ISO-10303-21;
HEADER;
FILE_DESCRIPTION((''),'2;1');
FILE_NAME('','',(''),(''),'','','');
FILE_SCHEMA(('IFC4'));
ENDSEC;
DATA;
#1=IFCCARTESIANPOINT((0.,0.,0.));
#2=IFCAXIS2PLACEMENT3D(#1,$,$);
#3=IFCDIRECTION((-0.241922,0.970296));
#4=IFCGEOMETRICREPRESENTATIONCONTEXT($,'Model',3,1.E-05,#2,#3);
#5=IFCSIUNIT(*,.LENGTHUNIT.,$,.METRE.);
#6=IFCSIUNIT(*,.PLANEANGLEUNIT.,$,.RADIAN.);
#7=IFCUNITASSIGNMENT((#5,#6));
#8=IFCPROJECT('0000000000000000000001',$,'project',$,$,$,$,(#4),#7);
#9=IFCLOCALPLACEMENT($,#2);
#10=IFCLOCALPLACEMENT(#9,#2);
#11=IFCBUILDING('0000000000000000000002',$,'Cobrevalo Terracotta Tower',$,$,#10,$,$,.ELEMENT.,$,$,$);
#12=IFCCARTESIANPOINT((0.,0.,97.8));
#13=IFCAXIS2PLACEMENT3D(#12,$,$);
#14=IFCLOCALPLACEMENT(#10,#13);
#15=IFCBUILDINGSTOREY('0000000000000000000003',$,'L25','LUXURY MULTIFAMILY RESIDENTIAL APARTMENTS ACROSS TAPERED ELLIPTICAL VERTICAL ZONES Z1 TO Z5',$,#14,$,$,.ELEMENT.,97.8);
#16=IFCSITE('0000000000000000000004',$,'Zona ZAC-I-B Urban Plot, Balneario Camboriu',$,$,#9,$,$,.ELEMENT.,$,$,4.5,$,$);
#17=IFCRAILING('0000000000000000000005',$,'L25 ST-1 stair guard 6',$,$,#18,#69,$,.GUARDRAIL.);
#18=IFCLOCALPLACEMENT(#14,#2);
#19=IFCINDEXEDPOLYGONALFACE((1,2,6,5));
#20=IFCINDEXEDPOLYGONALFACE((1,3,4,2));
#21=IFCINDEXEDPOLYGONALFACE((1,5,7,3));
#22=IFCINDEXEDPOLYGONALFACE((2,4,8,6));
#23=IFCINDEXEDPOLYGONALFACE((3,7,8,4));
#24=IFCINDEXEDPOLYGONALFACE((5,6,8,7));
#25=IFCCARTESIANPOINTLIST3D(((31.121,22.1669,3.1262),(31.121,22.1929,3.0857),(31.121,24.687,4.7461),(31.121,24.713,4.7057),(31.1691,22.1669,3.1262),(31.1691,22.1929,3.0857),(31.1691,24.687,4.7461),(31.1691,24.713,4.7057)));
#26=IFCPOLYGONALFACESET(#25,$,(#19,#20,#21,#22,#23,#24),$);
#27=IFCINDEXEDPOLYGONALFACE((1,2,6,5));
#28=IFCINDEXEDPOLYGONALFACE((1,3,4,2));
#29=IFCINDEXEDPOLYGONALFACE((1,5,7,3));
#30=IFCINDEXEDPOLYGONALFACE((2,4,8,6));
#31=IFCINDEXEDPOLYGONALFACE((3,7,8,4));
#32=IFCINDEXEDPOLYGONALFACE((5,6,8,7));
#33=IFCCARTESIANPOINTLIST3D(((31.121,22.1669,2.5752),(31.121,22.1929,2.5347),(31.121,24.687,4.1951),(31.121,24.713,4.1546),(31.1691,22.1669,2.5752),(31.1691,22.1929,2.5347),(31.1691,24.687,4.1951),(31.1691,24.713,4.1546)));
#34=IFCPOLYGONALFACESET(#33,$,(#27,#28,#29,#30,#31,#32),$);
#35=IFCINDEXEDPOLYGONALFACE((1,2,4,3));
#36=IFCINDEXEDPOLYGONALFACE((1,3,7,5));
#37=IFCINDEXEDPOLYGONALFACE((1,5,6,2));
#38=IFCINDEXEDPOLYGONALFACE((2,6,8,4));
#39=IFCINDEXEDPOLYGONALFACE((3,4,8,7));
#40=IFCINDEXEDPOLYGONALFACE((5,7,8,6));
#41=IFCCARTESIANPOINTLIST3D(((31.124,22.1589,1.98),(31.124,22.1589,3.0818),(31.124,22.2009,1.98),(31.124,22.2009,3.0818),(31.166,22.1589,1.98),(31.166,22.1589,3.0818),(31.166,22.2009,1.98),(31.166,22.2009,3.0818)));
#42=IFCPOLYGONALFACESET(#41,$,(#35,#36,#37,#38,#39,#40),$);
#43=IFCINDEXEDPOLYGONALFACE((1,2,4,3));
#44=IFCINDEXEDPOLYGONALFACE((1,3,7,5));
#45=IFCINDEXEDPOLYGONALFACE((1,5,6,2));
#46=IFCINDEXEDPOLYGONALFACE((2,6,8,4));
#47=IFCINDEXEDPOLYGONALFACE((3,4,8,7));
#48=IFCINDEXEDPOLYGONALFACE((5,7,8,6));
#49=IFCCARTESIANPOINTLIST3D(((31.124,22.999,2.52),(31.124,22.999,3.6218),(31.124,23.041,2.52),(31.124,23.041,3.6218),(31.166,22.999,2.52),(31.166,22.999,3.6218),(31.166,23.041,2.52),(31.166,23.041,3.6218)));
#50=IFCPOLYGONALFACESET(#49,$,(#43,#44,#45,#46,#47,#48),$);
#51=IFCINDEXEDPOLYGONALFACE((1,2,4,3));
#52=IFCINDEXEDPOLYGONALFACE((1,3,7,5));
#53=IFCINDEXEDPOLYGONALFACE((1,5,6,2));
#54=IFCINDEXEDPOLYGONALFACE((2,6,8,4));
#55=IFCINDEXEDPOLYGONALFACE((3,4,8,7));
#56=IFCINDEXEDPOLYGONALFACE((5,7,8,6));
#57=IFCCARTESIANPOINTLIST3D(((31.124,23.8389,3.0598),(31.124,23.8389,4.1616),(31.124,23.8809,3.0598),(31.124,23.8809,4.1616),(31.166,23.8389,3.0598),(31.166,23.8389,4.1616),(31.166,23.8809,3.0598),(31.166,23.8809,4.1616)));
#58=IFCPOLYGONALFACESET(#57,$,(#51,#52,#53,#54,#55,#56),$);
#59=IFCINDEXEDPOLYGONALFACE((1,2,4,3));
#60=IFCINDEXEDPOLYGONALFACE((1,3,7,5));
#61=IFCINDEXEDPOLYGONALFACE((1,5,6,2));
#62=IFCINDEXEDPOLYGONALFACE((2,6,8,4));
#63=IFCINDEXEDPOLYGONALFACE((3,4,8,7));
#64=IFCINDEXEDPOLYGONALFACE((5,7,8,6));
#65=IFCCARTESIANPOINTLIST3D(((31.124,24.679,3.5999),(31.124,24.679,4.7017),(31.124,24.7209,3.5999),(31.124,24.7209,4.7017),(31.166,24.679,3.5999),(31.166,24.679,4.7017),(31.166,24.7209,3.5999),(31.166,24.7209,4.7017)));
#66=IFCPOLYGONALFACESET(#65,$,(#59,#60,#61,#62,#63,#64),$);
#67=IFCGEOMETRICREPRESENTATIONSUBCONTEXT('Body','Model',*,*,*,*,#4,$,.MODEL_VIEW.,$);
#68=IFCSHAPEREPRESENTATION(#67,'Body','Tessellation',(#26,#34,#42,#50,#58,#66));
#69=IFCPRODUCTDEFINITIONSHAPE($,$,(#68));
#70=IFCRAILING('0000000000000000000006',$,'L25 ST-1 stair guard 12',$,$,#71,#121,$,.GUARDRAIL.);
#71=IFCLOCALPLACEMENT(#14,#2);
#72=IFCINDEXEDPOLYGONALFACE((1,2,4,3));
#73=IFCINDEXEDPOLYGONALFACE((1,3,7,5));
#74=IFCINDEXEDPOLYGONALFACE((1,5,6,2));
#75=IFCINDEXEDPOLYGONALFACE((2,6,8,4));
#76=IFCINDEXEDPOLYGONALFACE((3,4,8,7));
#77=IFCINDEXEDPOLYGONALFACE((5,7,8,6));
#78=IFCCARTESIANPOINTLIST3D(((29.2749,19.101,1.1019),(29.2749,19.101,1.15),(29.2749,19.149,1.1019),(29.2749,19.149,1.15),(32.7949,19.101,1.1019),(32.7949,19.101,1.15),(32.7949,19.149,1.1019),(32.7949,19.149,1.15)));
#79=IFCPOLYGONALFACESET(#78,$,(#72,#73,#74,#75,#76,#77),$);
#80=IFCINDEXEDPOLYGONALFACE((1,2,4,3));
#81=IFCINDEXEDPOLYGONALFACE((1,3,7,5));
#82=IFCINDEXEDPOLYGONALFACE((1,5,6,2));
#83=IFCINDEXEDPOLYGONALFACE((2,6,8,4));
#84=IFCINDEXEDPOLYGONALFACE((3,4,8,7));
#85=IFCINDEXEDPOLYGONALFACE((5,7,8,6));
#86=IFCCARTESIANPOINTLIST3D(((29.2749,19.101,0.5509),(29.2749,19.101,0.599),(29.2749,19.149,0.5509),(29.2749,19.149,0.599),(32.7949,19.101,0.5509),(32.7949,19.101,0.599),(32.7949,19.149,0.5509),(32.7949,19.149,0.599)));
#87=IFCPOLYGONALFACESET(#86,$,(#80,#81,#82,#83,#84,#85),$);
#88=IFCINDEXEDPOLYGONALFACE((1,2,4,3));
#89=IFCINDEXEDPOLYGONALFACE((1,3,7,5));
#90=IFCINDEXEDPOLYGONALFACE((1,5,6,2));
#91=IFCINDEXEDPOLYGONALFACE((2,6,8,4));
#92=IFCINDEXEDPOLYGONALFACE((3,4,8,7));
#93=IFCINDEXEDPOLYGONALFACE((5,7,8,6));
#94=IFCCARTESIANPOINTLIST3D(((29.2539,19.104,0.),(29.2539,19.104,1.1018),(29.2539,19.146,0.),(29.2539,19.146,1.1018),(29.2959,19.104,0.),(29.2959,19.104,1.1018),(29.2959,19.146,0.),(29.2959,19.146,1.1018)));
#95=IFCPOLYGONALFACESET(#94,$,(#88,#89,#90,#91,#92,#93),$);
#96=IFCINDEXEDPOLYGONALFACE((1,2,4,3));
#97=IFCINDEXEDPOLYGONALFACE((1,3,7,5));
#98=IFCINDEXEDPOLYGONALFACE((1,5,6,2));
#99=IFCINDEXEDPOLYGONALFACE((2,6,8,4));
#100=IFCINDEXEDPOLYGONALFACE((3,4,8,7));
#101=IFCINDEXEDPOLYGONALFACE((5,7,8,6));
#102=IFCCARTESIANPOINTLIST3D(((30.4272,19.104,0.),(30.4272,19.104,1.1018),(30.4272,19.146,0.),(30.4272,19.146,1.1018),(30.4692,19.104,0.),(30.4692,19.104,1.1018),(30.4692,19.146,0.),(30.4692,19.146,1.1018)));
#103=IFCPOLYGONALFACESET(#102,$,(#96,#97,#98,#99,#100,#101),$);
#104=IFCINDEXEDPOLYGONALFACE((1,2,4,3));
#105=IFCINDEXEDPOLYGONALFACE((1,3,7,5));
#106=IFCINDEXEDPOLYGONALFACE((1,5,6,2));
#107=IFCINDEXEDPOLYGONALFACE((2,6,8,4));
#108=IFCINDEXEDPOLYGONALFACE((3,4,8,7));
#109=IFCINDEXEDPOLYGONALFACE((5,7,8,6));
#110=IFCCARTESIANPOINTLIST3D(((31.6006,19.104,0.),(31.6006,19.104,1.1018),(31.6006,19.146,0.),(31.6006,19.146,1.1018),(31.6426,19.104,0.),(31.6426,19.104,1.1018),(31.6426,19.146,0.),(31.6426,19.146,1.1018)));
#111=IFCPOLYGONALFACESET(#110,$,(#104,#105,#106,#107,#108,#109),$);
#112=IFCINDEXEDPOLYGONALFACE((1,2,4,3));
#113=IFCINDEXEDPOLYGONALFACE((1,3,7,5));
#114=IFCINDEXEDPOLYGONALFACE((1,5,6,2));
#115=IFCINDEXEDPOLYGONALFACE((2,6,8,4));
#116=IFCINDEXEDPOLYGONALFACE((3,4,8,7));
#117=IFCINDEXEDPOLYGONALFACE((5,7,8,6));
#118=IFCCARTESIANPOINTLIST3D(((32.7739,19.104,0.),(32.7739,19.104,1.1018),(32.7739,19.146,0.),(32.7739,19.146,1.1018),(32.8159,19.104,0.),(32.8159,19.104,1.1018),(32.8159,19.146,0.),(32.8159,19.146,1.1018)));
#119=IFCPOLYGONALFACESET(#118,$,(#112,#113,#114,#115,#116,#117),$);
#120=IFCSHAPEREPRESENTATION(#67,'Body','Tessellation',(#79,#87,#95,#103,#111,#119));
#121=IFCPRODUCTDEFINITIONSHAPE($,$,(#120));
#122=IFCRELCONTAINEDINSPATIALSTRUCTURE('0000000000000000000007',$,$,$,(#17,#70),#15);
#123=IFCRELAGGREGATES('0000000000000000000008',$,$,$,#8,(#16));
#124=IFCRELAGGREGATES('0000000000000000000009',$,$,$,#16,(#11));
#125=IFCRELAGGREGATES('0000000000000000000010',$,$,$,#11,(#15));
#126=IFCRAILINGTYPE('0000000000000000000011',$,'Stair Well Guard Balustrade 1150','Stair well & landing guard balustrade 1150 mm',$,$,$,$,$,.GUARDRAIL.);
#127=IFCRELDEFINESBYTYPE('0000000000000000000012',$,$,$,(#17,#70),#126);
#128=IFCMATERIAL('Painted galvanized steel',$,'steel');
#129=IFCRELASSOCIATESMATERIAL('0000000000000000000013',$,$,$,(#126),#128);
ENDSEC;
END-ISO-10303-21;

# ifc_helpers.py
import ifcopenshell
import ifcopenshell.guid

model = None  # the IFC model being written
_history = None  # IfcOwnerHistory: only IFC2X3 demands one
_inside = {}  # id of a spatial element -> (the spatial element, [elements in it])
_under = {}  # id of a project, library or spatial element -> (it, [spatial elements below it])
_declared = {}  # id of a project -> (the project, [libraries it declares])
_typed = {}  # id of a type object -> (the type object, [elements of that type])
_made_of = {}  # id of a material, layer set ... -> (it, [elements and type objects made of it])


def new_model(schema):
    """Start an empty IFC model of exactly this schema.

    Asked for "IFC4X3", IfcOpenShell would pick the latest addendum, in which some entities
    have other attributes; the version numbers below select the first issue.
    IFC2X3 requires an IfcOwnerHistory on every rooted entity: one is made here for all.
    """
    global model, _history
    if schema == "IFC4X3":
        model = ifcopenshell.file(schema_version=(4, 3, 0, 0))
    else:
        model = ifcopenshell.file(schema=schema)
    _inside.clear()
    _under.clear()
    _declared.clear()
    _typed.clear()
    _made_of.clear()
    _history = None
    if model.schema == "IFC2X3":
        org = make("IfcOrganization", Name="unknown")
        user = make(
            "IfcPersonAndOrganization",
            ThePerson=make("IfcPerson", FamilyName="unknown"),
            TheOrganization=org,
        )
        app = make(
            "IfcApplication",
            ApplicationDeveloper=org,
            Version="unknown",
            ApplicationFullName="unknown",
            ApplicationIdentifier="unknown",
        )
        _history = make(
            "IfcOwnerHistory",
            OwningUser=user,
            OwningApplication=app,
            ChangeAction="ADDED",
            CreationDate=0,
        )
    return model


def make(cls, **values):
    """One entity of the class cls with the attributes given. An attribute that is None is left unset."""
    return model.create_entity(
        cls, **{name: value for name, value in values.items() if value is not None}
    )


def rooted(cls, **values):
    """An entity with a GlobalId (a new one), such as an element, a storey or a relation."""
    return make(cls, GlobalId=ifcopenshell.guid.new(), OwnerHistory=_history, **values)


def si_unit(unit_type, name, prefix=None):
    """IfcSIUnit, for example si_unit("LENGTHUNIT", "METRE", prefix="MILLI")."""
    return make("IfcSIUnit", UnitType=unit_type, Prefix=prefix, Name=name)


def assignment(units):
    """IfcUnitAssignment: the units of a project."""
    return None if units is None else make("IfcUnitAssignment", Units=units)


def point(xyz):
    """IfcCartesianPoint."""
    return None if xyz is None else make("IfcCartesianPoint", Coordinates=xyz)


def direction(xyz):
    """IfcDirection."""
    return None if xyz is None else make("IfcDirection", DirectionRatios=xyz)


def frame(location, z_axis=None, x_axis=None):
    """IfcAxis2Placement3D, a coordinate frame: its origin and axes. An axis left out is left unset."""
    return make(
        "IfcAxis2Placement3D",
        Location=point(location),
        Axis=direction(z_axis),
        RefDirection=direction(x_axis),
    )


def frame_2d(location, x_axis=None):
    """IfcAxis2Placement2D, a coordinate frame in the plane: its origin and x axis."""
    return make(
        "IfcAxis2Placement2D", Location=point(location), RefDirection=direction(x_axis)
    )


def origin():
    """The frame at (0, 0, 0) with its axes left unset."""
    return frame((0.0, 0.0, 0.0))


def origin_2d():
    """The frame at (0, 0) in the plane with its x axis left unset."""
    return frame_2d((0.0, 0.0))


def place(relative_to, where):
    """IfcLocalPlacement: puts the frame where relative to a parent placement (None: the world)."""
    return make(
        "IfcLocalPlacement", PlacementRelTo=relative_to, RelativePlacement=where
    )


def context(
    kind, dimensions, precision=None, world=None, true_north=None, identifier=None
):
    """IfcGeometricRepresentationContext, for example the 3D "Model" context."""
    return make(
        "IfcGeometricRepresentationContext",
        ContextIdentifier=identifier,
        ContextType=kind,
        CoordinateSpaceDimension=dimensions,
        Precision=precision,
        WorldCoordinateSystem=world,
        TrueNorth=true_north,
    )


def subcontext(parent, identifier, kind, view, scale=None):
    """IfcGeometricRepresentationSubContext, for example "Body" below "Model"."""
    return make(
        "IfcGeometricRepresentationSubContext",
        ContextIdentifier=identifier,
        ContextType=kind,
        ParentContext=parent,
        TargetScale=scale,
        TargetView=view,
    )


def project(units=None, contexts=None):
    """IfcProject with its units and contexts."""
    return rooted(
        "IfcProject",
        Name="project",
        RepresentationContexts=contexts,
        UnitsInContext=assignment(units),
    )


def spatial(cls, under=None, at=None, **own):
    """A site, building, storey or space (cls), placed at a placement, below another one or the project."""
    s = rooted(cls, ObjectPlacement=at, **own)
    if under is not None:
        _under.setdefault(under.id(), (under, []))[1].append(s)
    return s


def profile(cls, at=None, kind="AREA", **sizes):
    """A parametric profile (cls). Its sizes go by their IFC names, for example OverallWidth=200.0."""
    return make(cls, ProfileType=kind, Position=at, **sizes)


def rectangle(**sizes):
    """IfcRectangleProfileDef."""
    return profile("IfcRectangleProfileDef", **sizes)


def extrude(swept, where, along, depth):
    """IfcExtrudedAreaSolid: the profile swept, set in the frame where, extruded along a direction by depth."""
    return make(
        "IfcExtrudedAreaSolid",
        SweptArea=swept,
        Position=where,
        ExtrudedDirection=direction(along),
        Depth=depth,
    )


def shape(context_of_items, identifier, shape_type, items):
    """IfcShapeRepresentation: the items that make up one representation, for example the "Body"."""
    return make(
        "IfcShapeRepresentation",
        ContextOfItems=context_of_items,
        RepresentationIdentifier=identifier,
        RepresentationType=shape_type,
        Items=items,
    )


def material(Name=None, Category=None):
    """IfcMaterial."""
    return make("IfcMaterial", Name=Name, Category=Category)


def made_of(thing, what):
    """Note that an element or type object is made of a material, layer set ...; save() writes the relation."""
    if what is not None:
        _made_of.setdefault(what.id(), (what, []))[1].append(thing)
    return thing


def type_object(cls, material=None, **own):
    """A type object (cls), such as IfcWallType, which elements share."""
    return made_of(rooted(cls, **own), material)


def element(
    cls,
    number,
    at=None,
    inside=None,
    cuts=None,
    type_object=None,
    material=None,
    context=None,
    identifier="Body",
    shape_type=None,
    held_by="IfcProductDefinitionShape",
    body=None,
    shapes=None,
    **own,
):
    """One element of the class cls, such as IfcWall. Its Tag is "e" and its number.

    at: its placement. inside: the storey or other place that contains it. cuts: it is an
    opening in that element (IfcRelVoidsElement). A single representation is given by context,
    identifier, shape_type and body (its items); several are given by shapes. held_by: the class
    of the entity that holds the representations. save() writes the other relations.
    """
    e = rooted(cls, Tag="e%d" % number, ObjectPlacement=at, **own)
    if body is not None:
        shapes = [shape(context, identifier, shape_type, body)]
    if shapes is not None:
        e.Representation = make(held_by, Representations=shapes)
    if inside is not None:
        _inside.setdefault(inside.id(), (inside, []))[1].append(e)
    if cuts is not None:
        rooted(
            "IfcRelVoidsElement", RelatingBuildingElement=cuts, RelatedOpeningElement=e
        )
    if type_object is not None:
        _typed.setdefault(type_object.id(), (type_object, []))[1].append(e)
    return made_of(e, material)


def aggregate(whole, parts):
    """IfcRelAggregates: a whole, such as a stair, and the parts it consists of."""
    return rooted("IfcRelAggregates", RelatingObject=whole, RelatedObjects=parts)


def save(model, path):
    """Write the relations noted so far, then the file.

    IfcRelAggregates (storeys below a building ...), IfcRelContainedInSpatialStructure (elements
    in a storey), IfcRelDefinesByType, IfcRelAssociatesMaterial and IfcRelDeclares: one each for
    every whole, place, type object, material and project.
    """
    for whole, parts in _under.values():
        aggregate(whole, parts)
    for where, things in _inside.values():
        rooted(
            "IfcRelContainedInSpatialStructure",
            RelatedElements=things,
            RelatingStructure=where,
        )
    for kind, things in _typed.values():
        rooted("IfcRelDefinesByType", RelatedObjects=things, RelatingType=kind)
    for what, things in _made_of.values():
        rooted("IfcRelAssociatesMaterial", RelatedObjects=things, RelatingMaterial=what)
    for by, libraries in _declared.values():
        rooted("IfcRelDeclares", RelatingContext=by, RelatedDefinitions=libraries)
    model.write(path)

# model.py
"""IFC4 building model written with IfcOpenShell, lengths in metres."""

from ifc_helpers import new_model, si_unit, direction, frame, origin, origin_2d, place, context, subcontext, project, spatial, rectangle, extrude, material, type_object, element, save


model = new_model("IFC4")

# Units and contexts
model_context = context("Model", 3, precision=1e-05, world=origin(), true_north=direction((-0.241922, 0.970296)))
body_context = subcontext(model_context, "Body", "Model", "MODEL_VIEW")
ifc_project = project(units=[si_unit("LENGTHUNIT", "METRE"), si_unit("PLANEANGLEUNIT", "RADIAN")], contexts=[model_context])

# Site, building, storey
site_placement = place(None, origin())
site = spatial("IfcSite", under=ifc_project, at=site_placement, Name="Zona ZAC-I-B Urban Plot, Balneario Camboriu", CompositionType="ELEMENT", RefElevation=4.5)
building_placement = place(site_placement, origin())
building = spatial("IfcBuilding", under=site, at=building_placement, Name="Cobrevalo Terracotta Tower", CompositionType="ELEMENT")
storey_placement = place(building_placement, frame((0.0, 0.0, 97.8)))
storey = spatial("IfcBuildingStorey", under=building, at=storey_placement, Name="L25", Description="LUXURY MULTIFAMILY RESIDENTIAL APARTMENTS ACROSS TAPERED ELLIPTICAL VERTICAL ZONES Z1 TO Z5", CompositionType="ELEMENT", Elevation=97.8)

# Railings
ifc_material_1 = material(Name="Painted galvanized steel", Category="steel")
railing_type_1 = type_object("IfcRailingType", Name="Stair Well Guard Balustrade 1150", Description="Stair well & landing guard balustrade 1150 mm", PredefinedType="GUARDRAIL", material=ifc_material_1)
railing_1_placement = place(storey_placement, frame((31.145, 22.1799, 1.98)))
element("IfcRailing", 1, at=railing_1_placement, inside=storey, type_object=railing_type_1, Name="L25 ST-1 stair guard 6", PredefinedType="GUARDRAIL", context=body_context, shape_type="SweptSolid", body=[
    extrude(rectangle(XDim=0.0481, YDim=0.0481, at=origin_2d()), frame((0.0, 0.0, 1.126), z_axis=(0.0, 0.8412, 0.540725), x_axis=(-1.0, 0.0, 0.0)), (0.0, 0.0, 1.0), 2.9958),
    extrude(rectangle(XDim=0.0481, YDim=0.0481, at=origin_2d()), frame((0.0, 0.0, 0.575), z_axis=(0.0, 0.8412, 0.540725), x_axis=(-1.0, 0.0, 0.0)), (0.0, 0.0, 1.0), 2.9958),
    extrude(rectangle(XDim=0.042, YDim=0.042, at=origin_2d()), origin(), (0.0, 0.0, 1.0), 1.1018),
    extrude(rectangle(XDim=0.042, YDim=0.042, at=origin_2d()), frame((0.0, 0.8401, 0.54)), (0.0, 0.0, 1.0), 1.1018),
    extrude(rectangle(XDim=0.042, YDim=0.042, at=origin_2d()), frame((0.0, 1.6799, 1.0798)), (0.0, 0.0, 1.0), 1.1018),
    extrude(rectangle(XDim=0.042, YDim=0.042, at=origin_2d()), frame((0.0, 2.52, 1.6199)), (0.0, 0.0, 1.0), 1.1018),
])
railing_2_placement = place(storey_placement, frame((29.2749, 19.125, 0.0)))
element("IfcRailing", 2, at=railing_2_placement, inside=storey, type_object=railing_type_1, Name="L25 ST-1 stair guard 12", PredefinedType="GUARDRAIL", context=body_context, shape_type="SweptSolid", body=[
    extrude(rectangle(XDim=0.0481, YDim=0.0481, at=origin_2d()), frame((0.0, 0.0, 1.126), z_axis=(1.0, 0.0, 0.0), x_axis=(0.0, 1.0, 0.0)), (0.0, 0.0, 1.0), 3.52),
    extrude(rectangle(XDim=0.0481, YDim=0.0481, at=origin_2d()), frame((0.0, 0.0, 0.575), z_axis=(1.0, 0.0, 0.0), x_axis=(0.0, 1.0, 0.0)), (0.0, 0.0, 1.0), 3.52),
    extrude(rectangle(XDim=0.042, YDim=0.042, at=origin_2d()), origin(), (0.0, 0.0, 1.0), 1.1018),
    extrude(rectangle(XDim=0.042, YDim=0.042, at=origin_2d()), frame((1.1733, 0.0, 0.0)), (0.0, 0.0, 1.0), 1.1018),
    extrude(rectangle(XDim=0.042, YDim=0.042, at=origin_2d()), frame((2.3467, 0.0, 0.0)), (0.0, 0.0, 1.0), 1.1018),
    extrude(rectangle(XDim=0.042, YDim=0.042, at=origin_2d()), frame((3.52, 0.0, 0.0)), (0.0, 0.0, 1.0), 1.1018),
])

save(model, "model.ifc")
